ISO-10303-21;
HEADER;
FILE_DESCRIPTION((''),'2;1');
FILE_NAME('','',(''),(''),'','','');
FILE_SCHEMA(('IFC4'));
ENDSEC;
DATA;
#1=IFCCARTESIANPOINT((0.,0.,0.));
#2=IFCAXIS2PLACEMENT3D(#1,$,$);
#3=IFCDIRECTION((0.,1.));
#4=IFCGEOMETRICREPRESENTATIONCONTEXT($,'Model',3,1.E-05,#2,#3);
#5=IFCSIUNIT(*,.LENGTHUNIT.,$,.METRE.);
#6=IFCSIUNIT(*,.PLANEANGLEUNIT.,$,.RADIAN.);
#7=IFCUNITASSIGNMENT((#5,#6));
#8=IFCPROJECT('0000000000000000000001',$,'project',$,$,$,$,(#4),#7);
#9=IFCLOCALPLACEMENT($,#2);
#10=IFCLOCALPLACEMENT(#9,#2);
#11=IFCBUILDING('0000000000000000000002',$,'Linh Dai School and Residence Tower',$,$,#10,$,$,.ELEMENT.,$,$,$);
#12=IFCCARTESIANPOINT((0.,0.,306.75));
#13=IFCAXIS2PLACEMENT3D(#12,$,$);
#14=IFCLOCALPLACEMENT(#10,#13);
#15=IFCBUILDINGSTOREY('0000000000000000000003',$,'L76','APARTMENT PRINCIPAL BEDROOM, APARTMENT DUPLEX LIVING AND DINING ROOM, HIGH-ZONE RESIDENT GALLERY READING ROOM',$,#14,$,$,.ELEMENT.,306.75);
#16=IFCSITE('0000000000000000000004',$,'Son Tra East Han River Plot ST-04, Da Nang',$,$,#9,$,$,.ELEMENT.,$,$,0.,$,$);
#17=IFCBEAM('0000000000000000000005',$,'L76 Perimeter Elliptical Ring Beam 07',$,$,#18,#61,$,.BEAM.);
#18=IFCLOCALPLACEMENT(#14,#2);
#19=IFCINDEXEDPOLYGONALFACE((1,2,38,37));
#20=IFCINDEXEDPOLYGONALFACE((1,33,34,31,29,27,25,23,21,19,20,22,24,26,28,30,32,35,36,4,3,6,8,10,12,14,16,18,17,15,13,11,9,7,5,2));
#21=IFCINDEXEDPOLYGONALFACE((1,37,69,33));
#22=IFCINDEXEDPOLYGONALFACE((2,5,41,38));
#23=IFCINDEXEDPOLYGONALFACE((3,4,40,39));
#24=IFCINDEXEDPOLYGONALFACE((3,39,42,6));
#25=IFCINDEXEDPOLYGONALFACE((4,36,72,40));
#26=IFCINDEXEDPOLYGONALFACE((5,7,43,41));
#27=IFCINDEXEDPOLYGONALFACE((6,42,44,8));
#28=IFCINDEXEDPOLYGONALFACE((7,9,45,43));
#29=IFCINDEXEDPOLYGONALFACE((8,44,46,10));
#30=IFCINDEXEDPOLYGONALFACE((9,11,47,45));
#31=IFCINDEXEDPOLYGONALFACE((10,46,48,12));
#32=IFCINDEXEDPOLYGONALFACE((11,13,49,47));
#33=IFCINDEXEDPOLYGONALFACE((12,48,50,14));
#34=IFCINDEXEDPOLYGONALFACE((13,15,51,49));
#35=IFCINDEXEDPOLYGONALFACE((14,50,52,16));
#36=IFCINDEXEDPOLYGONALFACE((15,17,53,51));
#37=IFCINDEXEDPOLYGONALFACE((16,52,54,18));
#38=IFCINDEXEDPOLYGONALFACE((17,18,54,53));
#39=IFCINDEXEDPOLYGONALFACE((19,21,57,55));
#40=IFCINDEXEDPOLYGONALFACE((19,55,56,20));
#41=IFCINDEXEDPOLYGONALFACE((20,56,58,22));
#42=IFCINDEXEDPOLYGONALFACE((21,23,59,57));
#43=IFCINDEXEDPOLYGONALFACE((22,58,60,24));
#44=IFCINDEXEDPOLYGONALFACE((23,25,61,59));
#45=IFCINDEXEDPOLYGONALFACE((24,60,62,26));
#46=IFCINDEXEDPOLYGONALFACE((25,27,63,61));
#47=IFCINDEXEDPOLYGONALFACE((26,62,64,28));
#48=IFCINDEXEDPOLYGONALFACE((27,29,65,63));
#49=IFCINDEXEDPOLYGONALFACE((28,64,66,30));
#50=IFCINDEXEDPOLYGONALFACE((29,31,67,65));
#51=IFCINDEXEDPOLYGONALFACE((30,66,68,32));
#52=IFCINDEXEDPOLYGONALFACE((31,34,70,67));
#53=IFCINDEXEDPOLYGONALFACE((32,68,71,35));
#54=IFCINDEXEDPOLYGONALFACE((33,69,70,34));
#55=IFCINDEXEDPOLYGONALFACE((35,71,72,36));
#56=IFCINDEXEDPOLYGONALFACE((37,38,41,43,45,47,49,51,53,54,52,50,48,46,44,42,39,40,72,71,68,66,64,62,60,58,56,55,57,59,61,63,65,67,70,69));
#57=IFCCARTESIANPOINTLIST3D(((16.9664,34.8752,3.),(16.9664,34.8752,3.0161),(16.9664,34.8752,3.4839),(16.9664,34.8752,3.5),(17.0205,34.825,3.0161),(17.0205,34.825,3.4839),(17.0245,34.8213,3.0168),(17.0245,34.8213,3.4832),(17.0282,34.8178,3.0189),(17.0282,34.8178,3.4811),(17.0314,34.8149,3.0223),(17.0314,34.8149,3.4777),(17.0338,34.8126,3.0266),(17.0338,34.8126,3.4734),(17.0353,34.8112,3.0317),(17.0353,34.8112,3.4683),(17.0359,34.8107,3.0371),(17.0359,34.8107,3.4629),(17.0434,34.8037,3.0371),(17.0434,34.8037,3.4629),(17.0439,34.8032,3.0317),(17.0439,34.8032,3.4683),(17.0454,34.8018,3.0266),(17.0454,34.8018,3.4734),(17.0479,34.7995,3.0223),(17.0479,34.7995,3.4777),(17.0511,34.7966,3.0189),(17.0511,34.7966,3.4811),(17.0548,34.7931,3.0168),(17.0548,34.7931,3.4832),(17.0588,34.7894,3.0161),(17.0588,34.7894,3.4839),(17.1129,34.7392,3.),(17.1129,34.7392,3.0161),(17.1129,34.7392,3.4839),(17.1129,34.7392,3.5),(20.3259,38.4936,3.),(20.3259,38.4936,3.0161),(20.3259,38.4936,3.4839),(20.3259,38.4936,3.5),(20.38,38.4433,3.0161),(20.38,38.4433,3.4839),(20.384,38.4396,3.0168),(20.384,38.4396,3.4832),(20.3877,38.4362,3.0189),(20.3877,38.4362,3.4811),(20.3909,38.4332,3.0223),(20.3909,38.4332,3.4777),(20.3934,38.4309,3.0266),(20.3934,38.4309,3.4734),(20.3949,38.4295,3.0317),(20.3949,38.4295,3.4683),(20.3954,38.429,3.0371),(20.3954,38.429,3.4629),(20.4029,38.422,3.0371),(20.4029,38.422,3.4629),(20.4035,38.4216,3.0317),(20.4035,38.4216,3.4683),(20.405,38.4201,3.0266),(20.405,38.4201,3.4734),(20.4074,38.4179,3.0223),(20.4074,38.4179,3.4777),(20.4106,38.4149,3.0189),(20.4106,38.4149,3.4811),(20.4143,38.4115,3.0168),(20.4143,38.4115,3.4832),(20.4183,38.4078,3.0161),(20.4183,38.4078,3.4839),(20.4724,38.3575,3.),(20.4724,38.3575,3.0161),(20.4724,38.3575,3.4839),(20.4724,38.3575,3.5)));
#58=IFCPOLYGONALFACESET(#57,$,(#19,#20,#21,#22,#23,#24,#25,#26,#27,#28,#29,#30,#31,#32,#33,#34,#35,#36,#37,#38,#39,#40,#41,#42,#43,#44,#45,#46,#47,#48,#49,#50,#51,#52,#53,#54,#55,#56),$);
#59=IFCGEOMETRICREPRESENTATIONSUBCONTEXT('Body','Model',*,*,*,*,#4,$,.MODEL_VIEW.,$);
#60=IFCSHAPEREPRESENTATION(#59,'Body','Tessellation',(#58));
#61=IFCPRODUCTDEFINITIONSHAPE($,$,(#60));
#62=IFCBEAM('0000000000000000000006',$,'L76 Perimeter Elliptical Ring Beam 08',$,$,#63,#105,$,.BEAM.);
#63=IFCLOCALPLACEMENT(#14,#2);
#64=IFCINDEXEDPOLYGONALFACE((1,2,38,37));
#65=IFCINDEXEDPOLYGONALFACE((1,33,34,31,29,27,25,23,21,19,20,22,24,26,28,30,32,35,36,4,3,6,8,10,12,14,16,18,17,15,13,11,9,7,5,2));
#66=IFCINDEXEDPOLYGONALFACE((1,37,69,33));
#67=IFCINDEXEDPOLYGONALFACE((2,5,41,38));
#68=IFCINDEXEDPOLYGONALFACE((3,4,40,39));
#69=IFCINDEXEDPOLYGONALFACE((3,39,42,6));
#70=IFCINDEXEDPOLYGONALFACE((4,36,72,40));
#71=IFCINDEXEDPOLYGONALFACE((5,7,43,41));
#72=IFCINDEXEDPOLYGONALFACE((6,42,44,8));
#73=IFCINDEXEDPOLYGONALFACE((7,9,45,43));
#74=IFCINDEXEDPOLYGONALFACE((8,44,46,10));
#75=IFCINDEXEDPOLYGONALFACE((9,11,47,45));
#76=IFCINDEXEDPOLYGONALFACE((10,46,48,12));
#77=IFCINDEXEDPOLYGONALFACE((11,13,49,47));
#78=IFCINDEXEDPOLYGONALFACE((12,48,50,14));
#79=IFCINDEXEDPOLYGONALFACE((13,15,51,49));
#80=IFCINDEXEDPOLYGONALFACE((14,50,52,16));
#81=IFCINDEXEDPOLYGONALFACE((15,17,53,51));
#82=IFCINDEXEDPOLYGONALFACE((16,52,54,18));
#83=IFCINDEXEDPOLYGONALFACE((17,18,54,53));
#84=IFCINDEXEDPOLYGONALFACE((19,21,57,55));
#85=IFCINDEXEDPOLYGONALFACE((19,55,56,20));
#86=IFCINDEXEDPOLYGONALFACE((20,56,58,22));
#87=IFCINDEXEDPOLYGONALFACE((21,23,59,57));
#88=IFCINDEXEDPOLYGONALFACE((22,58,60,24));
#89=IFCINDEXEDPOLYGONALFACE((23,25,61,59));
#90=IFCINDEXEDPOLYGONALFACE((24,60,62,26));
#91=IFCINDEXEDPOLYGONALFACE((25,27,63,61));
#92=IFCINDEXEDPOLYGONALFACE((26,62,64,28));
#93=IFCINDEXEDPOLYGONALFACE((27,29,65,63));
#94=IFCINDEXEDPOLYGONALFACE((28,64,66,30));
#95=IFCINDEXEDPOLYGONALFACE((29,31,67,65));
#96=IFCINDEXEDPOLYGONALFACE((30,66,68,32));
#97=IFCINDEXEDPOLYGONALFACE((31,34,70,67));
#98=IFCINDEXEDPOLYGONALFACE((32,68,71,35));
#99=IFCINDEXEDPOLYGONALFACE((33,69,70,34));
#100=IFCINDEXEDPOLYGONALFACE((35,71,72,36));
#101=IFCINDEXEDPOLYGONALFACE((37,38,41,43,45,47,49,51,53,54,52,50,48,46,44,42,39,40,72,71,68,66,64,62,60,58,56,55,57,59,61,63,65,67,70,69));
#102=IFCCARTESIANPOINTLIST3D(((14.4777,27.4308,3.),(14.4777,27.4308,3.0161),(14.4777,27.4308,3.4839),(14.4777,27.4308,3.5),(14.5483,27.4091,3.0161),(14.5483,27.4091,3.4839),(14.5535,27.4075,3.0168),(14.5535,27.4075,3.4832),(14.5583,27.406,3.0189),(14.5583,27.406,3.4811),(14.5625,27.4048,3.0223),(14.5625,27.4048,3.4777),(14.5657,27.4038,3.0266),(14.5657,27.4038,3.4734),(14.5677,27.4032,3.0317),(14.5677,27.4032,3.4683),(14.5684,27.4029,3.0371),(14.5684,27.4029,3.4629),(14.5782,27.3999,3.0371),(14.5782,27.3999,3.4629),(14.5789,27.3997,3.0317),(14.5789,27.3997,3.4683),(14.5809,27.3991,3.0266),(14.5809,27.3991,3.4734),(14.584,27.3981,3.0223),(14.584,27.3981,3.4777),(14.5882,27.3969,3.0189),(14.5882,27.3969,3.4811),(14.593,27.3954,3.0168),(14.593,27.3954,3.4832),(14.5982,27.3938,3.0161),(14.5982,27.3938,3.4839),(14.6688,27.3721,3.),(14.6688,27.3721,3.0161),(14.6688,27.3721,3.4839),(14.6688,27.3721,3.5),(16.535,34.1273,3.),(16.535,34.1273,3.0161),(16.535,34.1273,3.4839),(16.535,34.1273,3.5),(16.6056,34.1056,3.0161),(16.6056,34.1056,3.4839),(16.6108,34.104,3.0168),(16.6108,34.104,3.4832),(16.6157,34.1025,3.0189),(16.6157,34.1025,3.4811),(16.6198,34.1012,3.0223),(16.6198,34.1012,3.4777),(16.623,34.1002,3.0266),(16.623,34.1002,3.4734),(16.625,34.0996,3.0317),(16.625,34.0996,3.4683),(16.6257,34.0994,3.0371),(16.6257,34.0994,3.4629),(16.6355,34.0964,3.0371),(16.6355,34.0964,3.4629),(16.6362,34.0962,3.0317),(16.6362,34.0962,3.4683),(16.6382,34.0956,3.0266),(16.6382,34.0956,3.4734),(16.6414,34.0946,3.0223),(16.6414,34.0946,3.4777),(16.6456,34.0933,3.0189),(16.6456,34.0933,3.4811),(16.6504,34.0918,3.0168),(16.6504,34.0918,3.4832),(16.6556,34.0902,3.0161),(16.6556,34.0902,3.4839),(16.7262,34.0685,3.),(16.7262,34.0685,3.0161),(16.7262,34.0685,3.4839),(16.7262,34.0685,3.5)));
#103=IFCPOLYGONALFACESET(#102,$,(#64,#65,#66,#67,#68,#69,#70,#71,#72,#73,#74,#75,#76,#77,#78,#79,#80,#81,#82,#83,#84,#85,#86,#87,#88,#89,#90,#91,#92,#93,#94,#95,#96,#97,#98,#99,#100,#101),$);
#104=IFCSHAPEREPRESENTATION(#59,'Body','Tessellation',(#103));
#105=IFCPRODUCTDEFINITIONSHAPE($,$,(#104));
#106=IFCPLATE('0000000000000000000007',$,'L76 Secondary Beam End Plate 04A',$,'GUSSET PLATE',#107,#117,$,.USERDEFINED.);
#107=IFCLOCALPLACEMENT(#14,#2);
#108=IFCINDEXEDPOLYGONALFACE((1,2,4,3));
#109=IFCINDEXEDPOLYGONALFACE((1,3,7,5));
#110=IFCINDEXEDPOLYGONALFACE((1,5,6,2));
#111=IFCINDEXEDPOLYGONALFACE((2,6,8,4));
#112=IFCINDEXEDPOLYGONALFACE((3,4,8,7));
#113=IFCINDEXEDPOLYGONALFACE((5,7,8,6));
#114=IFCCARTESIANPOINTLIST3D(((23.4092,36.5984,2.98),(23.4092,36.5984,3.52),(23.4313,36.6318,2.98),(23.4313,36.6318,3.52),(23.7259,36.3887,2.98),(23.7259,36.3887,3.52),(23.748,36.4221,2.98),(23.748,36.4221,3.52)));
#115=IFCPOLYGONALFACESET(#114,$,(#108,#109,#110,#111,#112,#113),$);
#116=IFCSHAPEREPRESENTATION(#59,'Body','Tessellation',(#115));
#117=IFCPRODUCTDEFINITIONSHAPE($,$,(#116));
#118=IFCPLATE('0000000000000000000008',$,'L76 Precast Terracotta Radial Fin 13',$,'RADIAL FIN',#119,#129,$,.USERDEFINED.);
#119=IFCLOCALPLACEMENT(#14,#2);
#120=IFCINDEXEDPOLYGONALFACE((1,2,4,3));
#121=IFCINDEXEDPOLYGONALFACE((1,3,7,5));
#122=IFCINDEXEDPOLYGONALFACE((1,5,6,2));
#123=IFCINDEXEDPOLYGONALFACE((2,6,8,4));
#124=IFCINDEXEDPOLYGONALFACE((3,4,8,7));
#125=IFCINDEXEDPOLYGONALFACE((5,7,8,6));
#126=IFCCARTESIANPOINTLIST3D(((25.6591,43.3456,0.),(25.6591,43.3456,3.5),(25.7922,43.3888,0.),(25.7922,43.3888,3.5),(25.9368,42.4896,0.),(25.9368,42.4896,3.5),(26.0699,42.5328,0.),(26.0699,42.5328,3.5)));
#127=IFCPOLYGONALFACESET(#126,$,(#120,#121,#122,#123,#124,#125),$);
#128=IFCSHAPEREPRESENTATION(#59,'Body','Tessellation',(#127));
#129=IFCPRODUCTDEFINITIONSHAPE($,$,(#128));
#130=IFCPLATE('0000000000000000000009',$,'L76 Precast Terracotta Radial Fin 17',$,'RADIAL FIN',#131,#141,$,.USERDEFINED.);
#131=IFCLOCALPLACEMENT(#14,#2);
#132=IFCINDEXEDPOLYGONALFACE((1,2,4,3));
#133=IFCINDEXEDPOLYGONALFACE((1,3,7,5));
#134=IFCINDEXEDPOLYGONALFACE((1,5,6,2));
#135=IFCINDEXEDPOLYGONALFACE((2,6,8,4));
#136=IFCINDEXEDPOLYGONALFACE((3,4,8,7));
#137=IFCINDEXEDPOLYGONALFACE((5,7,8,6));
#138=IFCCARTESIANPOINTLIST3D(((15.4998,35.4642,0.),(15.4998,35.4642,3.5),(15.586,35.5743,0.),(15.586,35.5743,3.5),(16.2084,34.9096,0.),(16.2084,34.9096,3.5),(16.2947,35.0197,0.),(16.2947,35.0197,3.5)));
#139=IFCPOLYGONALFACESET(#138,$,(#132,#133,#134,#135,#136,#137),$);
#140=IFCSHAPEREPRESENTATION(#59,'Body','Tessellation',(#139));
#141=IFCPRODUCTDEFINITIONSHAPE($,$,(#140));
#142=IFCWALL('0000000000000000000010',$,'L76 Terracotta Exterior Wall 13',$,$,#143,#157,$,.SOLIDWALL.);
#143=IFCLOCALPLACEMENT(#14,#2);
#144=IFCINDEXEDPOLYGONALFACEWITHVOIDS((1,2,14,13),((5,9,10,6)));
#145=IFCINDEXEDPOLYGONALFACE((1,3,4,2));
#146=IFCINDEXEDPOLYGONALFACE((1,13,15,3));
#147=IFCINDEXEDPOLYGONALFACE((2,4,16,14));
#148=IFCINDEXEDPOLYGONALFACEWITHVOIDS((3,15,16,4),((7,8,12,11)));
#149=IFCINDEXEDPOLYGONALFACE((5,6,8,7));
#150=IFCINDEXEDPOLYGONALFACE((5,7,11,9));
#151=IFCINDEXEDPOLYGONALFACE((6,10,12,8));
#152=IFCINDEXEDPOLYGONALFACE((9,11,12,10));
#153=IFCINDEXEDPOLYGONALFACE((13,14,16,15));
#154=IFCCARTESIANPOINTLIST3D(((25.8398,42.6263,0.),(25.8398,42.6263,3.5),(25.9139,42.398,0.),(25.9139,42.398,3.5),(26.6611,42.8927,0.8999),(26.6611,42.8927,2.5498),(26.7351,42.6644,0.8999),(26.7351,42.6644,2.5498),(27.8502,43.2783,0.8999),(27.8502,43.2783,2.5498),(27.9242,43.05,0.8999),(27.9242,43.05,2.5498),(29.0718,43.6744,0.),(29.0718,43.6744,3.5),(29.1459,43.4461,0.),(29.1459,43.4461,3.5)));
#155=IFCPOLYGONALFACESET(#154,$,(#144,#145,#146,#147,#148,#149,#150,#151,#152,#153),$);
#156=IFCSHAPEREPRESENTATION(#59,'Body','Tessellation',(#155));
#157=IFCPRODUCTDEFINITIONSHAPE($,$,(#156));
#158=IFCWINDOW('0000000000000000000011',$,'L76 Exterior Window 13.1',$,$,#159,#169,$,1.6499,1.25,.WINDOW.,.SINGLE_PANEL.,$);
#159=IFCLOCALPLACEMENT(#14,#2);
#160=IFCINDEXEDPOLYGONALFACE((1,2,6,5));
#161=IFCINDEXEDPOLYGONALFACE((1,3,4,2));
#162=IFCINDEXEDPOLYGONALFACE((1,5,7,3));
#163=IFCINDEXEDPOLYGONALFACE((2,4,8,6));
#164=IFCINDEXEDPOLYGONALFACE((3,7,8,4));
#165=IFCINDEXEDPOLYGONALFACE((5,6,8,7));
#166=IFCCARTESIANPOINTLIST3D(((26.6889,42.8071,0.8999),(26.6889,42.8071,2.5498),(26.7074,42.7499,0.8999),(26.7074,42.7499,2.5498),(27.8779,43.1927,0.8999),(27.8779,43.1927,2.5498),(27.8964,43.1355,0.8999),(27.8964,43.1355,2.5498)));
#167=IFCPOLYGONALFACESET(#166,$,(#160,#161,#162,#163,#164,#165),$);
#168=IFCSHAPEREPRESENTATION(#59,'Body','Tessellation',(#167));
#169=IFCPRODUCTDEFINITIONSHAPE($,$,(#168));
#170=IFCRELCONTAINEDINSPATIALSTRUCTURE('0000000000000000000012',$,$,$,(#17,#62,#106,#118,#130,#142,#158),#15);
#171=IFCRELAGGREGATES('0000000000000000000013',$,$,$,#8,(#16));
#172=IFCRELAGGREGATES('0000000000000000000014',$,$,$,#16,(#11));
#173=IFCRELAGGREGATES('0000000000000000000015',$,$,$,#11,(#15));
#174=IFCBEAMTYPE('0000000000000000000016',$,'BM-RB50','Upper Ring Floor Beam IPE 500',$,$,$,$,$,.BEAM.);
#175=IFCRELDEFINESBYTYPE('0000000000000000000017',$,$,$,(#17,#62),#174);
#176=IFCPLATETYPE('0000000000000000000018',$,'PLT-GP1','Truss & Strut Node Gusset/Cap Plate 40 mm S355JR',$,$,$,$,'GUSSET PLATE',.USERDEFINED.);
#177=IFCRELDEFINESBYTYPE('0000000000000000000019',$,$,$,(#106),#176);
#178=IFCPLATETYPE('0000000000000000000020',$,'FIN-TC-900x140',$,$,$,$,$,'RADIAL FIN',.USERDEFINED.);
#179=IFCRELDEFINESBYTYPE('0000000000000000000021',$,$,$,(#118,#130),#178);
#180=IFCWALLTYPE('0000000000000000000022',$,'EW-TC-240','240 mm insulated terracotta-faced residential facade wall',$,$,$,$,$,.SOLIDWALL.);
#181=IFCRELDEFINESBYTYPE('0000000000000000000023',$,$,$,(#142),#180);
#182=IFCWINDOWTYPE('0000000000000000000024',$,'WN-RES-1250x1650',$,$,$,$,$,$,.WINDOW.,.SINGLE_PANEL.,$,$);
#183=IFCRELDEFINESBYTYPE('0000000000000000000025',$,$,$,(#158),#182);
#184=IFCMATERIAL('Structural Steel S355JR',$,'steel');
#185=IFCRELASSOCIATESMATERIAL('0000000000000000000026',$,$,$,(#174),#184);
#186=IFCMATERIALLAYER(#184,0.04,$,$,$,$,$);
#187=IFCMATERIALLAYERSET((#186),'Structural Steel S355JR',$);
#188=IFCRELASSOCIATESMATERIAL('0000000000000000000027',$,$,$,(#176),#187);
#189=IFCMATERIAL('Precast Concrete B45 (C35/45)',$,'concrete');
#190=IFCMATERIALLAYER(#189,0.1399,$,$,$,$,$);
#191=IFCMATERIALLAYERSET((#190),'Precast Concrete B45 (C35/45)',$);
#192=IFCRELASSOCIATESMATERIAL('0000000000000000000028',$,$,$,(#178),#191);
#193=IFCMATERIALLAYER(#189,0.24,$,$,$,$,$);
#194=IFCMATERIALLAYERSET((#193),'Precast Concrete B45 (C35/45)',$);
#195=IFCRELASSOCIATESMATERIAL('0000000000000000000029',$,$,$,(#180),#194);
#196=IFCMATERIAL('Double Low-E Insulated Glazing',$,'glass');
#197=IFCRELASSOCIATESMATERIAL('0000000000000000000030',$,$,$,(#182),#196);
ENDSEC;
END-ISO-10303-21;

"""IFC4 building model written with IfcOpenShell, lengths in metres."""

from ifc_helpers import new_model, si_unit, direction, frame, frame_2d, origin, origin_2d, place, context, subcontext, project, spatial, rectangle, i_section, extrude, source, transform, mapped, material, layer, layer_set, material_profile, profile_set, type_object, element, fill, save


model = new_model("IFC4")

# Units and contexts
model_context = context("Model", 3, precision=1e-05, world=origin(), true_north=direction((0.0, 1.0)))
body_context = subcontext(model_context, "Body", "Model", "MODEL_VIEW")
ifc_project = project(units=[si_unit("LENGTHUNIT", "METRE"), si_unit("PLANEANGLEUNIT", "RADIAN")], contexts=[model_context])

# Site, building, storey
site_placement = place(None, origin())
site = spatial("IfcSite", under=ifc_project, at=site_placement, Name="Son Tra East Han River Plot ST-04, Da Nang", CompositionType="ELEMENT", RefElevation=0.0)
building_placement = place(site_placement, origin())
building = spatial("IfcBuilding", under=site, at=building_placement, Name="Linh Dai School and Residence Tower", CompositionType="ELEMENT")
storey_placement = place(building_placement, frame((0.0, 0.0, 306.75)))
storey = spatial("IfcBuildingStorey", under=building, at=storey_placement, Name="L76", Description="APARTMENT PRINCIPAL BEDROOM, APARTMENT DUPLEX LIVING AND DINING ROOM, HIGH-ZONE RESIDENT GALLERY READING ROOM", CompositionType="ELEMENT", Elevation=306.75)

# Shared definitions
ifc_material_1 = material(Name="Structural Steel S355JR", Category="steel")

# Beams
ifc_material_profile_1 = material_profile(ifc_material_1, i_section(OverallWidth=0.2, OverallDepth=0.5, WebThickness=0.0103, FlangeThickness=0.0161, FilletRadius=0.021, at=origin_2d()), Name="IPE 500")
ifc_profile_set_1 = profile_set([ifc_material_profile_1], Name="Structural Steel S355JR")
beam_type_1 = type_object("IfcBeamType", Name="BM-RB50", Description="Upper Ring Floor Beam IPE 500", PredefinedType="BEAM", material=ifc_profile_set_1)
beam_1_placement = place(storey_placement, frame((20.3992, 38.4255, 3.25), z_axis=(-0.680415, -0.732827, 0.0), x_axis=(0.732827, -0.680415, 0.0)))
element("IfcBeam", 1, at=beam_1_placement, inside=storey, type_object=beam_type_1, Name="L76 Perimeter Elliptical Ring Beam 07", PredefinedType="BEAM", context=body_context, shape_type="SweptSolid", body=[
    extrude(i_section(OverallWidth=0.2, OverallDepth=0.5, WebThickness=0.0103, FlangeThickness=0.0161, FilletRadius=0.021, at=origin_2d()), origin(), (0.0, 0.0, 1.0), 4.9375),
])
beam_2_placement = place(storey_placement, frame((16.6306, 34.0979, 3.25), z_axis=(-0.293682, -0.955903, 0.0), x_axis=(0.955903, -0.293682, 0.0)))
element("IfcBeam", 2, at=beam_2_placement, inside=storey, type_object=beam_type_1, Name="L76 Perimeter Elliptical Ring Beam 08", PredefinedType="BEAM", context=body_context, shape_type="SweptSolid", body=[
    extrude(i_section(OverallWidth=0.2, OverallDepth=0.5, WebThickness=0.0103, FlangeThickness=0.0161, FilletRadius=0.021, at=origin_2d()), origin(), (0.0, 0.0, 1.0), 7.0054),
])

# Plates
ifc_layer_1 = layer(ifc_material_1, 0.04)
ifc_layer_set_1 = layer_set([ifc_layer_1], Name="Structural Steel S355JR")
plate_type_1 = type_object("IfcPlateType", Name="PLT-GP1", Description="Truss & Strut Node Gusset/Cap Plate 40 mm S355JR", ElementType="GUSSET PLATE", PredefinedType="USERDEFINED", material=ifc_layer_set_1)
shared_shape_1 = source(origin(), body_context, "Body", "SweptSolid", [
    extrude(rectangle(XDim=0.04, YDim=0.3799, at=origin_2d()), origin(), (0.0, 0.0, 1.0), 0.54),
])
plate_placement = place(storey_placement, frame((23.5786, 36.5103, 2.98), z_axis=(0.0, 0.0, 1.0), x_axis=(-0.552122, -0.833763, 0.0)))
element("IfcPlate", 3, at=plate_placement, inside=storey, type_object=plate_type_1, Name="L76 Secondary Beam End Plate 04A", ObjectType="GUSSET PLATE", PredefinedType="USERDEFINED", context=body_context, shape_type="MappedRepresentation", body=[
    mapped(shared_shape_1, transform((0.0, 0.0, 0.0), x_axis=(1.0, 0.0, 0.0), y_axis=(0.0, 1.0, 0.0), z_axis=(0.0, 0.0, 1.0), scale=1.0)),
])
ifc_material_2 = material(Name="Precast Concrete B45 (C35/45)", Category="concrete")
ifc_layer_2 = layer(ifc_material_2, 0.1399)
ifc_layer_set_2 = layer_set([ifc_layer_2], Name="Precast Concrete B45 (C35/45)")
plate_type_2 = type_object("IfcPlateType", Name="FIN-TC-900x140", ElementType="RADIAL FIN", PredefinedType="USERDEFINED", material=ifc_layer_set_2)
shared_shape_2 = source(origin(), body_context, "Body", "SweptSolid", [
    extrude(rectangle(XDim=0.8999, YDim=0.1399, at=origin_2d()), origin(), (0.0, 0.0, 1.0), 3.5),
])
for number, where, z_axis, x_axis, name in (
    (4, (25.8645, 42.9392, 0.0), (0.0, 0.0, 1.0), (-0.308519, 0.951218, 0.0), "L76 Precast Terracotta Radial Fin 13"),
    (5, (15.8972, 35.2419, 0.0), (0.0, 0.0, 1.0), (-0.787503, 0.616311, 0.0), "L76 Precast Terracotta Radial Fin 17"),
):
    element("IfcPlate", number, at=place(storey_placement, frame(where, z_axis=z_axis, x_axis=x_axis)), inside=storey, type_object=plate_type_2, Name=name, ObjectType="RADIAL FIN", PredefinedType="USERDEFINED", context=body_context, shape_type="MappedRepresentation", body=[
        mapped(shared_shape_2, transform((0.0, 0.0, 0.0), x_axis=(1.0, 0.0, 0.0), y_axis=(0.0, 1.0, 0.0), z_axis=(0.0, 0.0, 1.0), scale=1.0)),
    ])

# Wall, opening, window
ifc_layer_3 = layer(ifc_material_2, 0.24)
ifc_layer_set_3 = layer_set([ifc_layer_3], Name="Precast Concrete B45 (C35/45)")
wall_type_1 = type_object("IfcWallType", Name="EW-TC-240", Description="240 mm insulated terracotta-faced residential facade wall", PredefinedType="SOLIDWALL", material=ifc_layer_set_3)
wall_1_placement = place(storey_placement, frame((25.877, 42.5122, 0.0), z_axis=(0.0, 0.0, 1.0), x_axis=(0.951231, 0.308478, 0.0)))
wall_1 = element("IfcWall", 6, at=wall_1_placement, inside=storey, type_object=wall_type_1, Name="L76 Terracotta Exterior Wall 13", PredefinedType="SOLIDWALL", context=body_context, shape_type="SweptSolid", body=[
    extrude(rectangle(XDim=3.3977, YDim=0.24, at=frame_2d((1.6987, 0.0))), origin(), (0.0, 0.0, 1.0), 3.5),
])
opening_1_placement = place(wall_1_placement, frame((0.8633, 0.0, 0.8999)))
opening_1 = element("IfcOpeningElement", 7, at=opening_1_placement, cuts=wall_1, PredefinedType="OPENING", context=body_context, shape_type="SweptSolid", body=[
    extrude(rectangle(XDim=1.25, YDim=1.6499, at=origin_2d()), frame((0.625, 0.1299, 0.825), z_axis=(0.0, -1.0, 0.0), x_axis=(1.0, 0.0, 0.0)), (0.0, 0.0, 1.0), 0.26),
])
ifc_material_3 = material(Name="Double Low-E Insulated Glazing", Category="glass")
window_type_1 = type_object("IfcWindowType", Name="WN-RES-1250x1650", PartitioningType="SINGLE_PANEL", PredefinedType="WINDOW", material=ifc_material_3)
shared_shape_3 = source(origin(), body_context, "Body", "SweptSolid", [
    extrude(rectangle(XDim=1.25, YDim=1.6499, at=origin_2d()), frame((0.625, 0.03, 0.825), z_axis=(0.0, -1.0, 0.0), x_axis=(1.0, 0.0, 0.0)), (0.0, 0.0, 1.0), 0.0601),
])
window_1_placement = place(opening_1_placement, origin())
window_1 = element("IfcWindow", 8, at=window_1_placement, inside=storey, type_object=window_type_1, Name="L76 Exterior Window 13.1", OverallHeight=1.6499, OverallWidth=1.25, PartitioningType="SINGLE_PANEL", PredefinedType="WINDOW", context=body_context, shape_type="MappedRepresentation", body=[
    mapped(shared_shape_3, transform((0.0, 0.0, 0.0), x_axis=(1.0, 0.0, 0.0), y_axis=(0.0, 1.0, 0.0), z_axis=(0.0, 0.0, 1.0), scale=1.0)),
])
fill(opening_1, window_1)

save(model, "model.ifc")
